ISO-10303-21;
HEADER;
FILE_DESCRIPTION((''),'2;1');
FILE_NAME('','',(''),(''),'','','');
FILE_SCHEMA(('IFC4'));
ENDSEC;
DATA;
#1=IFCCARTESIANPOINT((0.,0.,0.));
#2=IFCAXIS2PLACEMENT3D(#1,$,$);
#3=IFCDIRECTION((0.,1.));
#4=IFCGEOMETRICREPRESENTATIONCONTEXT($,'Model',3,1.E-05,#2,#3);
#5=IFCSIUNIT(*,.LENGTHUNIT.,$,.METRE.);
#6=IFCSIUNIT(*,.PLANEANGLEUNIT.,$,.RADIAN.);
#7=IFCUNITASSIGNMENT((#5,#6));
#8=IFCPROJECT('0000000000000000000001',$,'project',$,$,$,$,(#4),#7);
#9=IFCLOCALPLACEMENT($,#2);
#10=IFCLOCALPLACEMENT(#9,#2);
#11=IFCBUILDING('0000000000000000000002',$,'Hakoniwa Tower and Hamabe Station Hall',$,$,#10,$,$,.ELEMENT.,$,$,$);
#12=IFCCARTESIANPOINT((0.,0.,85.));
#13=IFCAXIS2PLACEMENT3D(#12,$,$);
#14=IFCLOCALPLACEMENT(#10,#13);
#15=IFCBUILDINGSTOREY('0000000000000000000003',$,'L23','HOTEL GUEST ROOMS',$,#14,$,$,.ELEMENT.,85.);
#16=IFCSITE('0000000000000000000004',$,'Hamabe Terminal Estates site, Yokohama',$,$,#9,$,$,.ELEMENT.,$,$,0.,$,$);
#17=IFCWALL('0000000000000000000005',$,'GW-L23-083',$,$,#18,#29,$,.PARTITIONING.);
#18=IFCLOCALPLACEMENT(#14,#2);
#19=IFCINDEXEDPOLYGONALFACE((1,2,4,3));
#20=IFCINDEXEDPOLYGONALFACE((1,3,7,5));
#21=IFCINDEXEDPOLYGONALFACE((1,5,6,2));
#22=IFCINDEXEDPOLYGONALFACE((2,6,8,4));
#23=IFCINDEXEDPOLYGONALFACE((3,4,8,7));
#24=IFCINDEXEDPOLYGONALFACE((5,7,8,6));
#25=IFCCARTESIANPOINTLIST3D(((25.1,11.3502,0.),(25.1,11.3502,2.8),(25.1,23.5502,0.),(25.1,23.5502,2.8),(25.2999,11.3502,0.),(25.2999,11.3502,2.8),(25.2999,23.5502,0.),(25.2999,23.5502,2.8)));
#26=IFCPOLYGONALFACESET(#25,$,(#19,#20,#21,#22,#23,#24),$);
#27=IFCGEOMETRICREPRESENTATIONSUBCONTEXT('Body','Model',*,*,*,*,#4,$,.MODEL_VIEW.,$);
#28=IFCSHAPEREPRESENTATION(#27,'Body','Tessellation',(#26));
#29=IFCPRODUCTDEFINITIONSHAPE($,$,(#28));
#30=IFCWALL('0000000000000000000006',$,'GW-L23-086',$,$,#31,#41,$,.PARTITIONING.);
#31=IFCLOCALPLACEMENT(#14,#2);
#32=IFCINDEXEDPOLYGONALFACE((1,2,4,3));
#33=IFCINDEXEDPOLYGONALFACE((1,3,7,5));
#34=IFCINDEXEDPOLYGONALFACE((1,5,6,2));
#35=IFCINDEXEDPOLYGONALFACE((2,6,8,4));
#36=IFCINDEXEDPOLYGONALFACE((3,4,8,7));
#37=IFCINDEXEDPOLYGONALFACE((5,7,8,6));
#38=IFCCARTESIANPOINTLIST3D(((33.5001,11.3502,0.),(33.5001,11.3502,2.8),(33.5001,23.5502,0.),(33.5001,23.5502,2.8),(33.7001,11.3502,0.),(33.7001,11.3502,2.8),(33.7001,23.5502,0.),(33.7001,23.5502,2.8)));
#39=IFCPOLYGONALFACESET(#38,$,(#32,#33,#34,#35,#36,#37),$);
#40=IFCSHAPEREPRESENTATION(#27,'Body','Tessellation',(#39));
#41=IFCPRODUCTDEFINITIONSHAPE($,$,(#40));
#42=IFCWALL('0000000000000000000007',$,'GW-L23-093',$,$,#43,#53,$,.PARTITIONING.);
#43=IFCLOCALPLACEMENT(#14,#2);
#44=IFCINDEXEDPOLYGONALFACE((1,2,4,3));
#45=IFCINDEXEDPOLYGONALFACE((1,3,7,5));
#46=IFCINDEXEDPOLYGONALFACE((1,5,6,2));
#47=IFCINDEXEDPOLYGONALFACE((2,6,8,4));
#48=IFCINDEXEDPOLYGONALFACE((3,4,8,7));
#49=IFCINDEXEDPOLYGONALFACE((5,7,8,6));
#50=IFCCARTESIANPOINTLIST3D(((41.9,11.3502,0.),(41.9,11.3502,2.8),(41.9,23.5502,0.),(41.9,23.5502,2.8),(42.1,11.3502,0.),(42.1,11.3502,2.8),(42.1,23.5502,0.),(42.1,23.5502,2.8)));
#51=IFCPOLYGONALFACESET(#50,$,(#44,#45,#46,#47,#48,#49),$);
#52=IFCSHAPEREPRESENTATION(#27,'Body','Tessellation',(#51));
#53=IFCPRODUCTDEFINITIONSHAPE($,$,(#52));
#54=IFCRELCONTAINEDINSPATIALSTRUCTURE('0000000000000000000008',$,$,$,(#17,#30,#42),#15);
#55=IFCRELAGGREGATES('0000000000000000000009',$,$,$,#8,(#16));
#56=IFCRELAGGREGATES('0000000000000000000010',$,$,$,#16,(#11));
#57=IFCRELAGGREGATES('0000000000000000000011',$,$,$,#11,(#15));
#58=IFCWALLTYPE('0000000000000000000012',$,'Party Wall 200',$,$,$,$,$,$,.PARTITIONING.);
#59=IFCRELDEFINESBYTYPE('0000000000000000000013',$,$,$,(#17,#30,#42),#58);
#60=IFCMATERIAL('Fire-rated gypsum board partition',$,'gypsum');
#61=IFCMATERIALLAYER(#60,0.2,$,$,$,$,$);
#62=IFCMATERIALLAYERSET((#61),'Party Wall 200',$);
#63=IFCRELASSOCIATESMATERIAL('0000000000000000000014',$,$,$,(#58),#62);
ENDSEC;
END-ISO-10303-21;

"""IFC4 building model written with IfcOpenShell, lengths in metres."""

from ifc_helpers import new_model, si_unit, direction, frame, frame_2d, origin, place, context, subcontext, project, spatial, rectangle, extrude, material, layer, layer_set, type_object, element, save


model = new_model("IFC4")

# Units and contexts
model_context = context("Model", 3, precision=1e-05, world=origin(), true_north=direction((0.0, 1.0)))
body_context = subcontext(model_context, "Body", "Model", "MODEL_VIEW")
ifc_project = project(units=[si_unit("LENGTHUNIT", "METRE"), si_unit("PLANEANGLEUNIT", "RADIAN")], contexts=[model_context])

# Site, building, storey
site_placement = place(None, origin())
site = spatial("IfcSite", under=ifc_project, at=site_placement, Name="Hamabe Terminal Estates site, Yokohama", CompositionType="ELEMENT", RefElevation=0.0)
building_placement = place(site_placement, origin())
building = spatial("IfcBuilding", under=site, at=building_placement, Name="Hakoniwa Tower and Hamabe Station Hall", CompositionType="ELEMENT")
storey_placement = place(building_placement, frame((0.0, 0.0, 85.0)))
storey = spatial("IfcBuildingStorey", under=building, at=storey_placement, Name="L23", Description="HOTEL GUEST ROOMS", CompositionType="ELEMENT", Elevation=85.0)

# Walls
ifc_material_1 = material(Name="Fire-rated gypsum board partition", Category="gypsum")
ifc_layer_1 = layer(ifc_material_1, 0.2)
ifc_layer_set_1 = layer_set([ifc_layer_1], Name="Party Wall 200")
wall_type = type_object("IfcWallType", Name="Party Wall 200", PredefinedType="PARTITIONING", material=ifc_layer_set_1)
for number, where, z_axis, x_axis, name in (
    (1, (25.2, 11.3501, 0.0), (0.0, 0.0, 1.0), (0.0, 1.0, 0.0), "GW-L23-083"),
    (2, (33.6001, 11.3501, 0.0), (0.0, 0.0, 1.0), (0.0, 1.0, 0.0), "GW-L23-086"),
    (3, (42.0, 11.3501, 0.0), (0.0, 0.0, 1.0), (0.0, 1.0, 0.0), "GW-L23-093"),
):
    element("IfcWall", number, at=place(storey_placement, frame(where, z_axis=z_axis, x_axis=x_axis)), inside=storey, type_object=wall_type, Name=name, PredefinedType="PARTITIONING", context=body_context, shape_type="SweptSolid", body=[
        extrude(rectangle(XDim=12.2, YDim=0.2, at=frame_2d((6.1001, 0.0))), origin(), (0.0, 0.0, 1.0), 2.8),
    ])

save(model, "model.ifc")
